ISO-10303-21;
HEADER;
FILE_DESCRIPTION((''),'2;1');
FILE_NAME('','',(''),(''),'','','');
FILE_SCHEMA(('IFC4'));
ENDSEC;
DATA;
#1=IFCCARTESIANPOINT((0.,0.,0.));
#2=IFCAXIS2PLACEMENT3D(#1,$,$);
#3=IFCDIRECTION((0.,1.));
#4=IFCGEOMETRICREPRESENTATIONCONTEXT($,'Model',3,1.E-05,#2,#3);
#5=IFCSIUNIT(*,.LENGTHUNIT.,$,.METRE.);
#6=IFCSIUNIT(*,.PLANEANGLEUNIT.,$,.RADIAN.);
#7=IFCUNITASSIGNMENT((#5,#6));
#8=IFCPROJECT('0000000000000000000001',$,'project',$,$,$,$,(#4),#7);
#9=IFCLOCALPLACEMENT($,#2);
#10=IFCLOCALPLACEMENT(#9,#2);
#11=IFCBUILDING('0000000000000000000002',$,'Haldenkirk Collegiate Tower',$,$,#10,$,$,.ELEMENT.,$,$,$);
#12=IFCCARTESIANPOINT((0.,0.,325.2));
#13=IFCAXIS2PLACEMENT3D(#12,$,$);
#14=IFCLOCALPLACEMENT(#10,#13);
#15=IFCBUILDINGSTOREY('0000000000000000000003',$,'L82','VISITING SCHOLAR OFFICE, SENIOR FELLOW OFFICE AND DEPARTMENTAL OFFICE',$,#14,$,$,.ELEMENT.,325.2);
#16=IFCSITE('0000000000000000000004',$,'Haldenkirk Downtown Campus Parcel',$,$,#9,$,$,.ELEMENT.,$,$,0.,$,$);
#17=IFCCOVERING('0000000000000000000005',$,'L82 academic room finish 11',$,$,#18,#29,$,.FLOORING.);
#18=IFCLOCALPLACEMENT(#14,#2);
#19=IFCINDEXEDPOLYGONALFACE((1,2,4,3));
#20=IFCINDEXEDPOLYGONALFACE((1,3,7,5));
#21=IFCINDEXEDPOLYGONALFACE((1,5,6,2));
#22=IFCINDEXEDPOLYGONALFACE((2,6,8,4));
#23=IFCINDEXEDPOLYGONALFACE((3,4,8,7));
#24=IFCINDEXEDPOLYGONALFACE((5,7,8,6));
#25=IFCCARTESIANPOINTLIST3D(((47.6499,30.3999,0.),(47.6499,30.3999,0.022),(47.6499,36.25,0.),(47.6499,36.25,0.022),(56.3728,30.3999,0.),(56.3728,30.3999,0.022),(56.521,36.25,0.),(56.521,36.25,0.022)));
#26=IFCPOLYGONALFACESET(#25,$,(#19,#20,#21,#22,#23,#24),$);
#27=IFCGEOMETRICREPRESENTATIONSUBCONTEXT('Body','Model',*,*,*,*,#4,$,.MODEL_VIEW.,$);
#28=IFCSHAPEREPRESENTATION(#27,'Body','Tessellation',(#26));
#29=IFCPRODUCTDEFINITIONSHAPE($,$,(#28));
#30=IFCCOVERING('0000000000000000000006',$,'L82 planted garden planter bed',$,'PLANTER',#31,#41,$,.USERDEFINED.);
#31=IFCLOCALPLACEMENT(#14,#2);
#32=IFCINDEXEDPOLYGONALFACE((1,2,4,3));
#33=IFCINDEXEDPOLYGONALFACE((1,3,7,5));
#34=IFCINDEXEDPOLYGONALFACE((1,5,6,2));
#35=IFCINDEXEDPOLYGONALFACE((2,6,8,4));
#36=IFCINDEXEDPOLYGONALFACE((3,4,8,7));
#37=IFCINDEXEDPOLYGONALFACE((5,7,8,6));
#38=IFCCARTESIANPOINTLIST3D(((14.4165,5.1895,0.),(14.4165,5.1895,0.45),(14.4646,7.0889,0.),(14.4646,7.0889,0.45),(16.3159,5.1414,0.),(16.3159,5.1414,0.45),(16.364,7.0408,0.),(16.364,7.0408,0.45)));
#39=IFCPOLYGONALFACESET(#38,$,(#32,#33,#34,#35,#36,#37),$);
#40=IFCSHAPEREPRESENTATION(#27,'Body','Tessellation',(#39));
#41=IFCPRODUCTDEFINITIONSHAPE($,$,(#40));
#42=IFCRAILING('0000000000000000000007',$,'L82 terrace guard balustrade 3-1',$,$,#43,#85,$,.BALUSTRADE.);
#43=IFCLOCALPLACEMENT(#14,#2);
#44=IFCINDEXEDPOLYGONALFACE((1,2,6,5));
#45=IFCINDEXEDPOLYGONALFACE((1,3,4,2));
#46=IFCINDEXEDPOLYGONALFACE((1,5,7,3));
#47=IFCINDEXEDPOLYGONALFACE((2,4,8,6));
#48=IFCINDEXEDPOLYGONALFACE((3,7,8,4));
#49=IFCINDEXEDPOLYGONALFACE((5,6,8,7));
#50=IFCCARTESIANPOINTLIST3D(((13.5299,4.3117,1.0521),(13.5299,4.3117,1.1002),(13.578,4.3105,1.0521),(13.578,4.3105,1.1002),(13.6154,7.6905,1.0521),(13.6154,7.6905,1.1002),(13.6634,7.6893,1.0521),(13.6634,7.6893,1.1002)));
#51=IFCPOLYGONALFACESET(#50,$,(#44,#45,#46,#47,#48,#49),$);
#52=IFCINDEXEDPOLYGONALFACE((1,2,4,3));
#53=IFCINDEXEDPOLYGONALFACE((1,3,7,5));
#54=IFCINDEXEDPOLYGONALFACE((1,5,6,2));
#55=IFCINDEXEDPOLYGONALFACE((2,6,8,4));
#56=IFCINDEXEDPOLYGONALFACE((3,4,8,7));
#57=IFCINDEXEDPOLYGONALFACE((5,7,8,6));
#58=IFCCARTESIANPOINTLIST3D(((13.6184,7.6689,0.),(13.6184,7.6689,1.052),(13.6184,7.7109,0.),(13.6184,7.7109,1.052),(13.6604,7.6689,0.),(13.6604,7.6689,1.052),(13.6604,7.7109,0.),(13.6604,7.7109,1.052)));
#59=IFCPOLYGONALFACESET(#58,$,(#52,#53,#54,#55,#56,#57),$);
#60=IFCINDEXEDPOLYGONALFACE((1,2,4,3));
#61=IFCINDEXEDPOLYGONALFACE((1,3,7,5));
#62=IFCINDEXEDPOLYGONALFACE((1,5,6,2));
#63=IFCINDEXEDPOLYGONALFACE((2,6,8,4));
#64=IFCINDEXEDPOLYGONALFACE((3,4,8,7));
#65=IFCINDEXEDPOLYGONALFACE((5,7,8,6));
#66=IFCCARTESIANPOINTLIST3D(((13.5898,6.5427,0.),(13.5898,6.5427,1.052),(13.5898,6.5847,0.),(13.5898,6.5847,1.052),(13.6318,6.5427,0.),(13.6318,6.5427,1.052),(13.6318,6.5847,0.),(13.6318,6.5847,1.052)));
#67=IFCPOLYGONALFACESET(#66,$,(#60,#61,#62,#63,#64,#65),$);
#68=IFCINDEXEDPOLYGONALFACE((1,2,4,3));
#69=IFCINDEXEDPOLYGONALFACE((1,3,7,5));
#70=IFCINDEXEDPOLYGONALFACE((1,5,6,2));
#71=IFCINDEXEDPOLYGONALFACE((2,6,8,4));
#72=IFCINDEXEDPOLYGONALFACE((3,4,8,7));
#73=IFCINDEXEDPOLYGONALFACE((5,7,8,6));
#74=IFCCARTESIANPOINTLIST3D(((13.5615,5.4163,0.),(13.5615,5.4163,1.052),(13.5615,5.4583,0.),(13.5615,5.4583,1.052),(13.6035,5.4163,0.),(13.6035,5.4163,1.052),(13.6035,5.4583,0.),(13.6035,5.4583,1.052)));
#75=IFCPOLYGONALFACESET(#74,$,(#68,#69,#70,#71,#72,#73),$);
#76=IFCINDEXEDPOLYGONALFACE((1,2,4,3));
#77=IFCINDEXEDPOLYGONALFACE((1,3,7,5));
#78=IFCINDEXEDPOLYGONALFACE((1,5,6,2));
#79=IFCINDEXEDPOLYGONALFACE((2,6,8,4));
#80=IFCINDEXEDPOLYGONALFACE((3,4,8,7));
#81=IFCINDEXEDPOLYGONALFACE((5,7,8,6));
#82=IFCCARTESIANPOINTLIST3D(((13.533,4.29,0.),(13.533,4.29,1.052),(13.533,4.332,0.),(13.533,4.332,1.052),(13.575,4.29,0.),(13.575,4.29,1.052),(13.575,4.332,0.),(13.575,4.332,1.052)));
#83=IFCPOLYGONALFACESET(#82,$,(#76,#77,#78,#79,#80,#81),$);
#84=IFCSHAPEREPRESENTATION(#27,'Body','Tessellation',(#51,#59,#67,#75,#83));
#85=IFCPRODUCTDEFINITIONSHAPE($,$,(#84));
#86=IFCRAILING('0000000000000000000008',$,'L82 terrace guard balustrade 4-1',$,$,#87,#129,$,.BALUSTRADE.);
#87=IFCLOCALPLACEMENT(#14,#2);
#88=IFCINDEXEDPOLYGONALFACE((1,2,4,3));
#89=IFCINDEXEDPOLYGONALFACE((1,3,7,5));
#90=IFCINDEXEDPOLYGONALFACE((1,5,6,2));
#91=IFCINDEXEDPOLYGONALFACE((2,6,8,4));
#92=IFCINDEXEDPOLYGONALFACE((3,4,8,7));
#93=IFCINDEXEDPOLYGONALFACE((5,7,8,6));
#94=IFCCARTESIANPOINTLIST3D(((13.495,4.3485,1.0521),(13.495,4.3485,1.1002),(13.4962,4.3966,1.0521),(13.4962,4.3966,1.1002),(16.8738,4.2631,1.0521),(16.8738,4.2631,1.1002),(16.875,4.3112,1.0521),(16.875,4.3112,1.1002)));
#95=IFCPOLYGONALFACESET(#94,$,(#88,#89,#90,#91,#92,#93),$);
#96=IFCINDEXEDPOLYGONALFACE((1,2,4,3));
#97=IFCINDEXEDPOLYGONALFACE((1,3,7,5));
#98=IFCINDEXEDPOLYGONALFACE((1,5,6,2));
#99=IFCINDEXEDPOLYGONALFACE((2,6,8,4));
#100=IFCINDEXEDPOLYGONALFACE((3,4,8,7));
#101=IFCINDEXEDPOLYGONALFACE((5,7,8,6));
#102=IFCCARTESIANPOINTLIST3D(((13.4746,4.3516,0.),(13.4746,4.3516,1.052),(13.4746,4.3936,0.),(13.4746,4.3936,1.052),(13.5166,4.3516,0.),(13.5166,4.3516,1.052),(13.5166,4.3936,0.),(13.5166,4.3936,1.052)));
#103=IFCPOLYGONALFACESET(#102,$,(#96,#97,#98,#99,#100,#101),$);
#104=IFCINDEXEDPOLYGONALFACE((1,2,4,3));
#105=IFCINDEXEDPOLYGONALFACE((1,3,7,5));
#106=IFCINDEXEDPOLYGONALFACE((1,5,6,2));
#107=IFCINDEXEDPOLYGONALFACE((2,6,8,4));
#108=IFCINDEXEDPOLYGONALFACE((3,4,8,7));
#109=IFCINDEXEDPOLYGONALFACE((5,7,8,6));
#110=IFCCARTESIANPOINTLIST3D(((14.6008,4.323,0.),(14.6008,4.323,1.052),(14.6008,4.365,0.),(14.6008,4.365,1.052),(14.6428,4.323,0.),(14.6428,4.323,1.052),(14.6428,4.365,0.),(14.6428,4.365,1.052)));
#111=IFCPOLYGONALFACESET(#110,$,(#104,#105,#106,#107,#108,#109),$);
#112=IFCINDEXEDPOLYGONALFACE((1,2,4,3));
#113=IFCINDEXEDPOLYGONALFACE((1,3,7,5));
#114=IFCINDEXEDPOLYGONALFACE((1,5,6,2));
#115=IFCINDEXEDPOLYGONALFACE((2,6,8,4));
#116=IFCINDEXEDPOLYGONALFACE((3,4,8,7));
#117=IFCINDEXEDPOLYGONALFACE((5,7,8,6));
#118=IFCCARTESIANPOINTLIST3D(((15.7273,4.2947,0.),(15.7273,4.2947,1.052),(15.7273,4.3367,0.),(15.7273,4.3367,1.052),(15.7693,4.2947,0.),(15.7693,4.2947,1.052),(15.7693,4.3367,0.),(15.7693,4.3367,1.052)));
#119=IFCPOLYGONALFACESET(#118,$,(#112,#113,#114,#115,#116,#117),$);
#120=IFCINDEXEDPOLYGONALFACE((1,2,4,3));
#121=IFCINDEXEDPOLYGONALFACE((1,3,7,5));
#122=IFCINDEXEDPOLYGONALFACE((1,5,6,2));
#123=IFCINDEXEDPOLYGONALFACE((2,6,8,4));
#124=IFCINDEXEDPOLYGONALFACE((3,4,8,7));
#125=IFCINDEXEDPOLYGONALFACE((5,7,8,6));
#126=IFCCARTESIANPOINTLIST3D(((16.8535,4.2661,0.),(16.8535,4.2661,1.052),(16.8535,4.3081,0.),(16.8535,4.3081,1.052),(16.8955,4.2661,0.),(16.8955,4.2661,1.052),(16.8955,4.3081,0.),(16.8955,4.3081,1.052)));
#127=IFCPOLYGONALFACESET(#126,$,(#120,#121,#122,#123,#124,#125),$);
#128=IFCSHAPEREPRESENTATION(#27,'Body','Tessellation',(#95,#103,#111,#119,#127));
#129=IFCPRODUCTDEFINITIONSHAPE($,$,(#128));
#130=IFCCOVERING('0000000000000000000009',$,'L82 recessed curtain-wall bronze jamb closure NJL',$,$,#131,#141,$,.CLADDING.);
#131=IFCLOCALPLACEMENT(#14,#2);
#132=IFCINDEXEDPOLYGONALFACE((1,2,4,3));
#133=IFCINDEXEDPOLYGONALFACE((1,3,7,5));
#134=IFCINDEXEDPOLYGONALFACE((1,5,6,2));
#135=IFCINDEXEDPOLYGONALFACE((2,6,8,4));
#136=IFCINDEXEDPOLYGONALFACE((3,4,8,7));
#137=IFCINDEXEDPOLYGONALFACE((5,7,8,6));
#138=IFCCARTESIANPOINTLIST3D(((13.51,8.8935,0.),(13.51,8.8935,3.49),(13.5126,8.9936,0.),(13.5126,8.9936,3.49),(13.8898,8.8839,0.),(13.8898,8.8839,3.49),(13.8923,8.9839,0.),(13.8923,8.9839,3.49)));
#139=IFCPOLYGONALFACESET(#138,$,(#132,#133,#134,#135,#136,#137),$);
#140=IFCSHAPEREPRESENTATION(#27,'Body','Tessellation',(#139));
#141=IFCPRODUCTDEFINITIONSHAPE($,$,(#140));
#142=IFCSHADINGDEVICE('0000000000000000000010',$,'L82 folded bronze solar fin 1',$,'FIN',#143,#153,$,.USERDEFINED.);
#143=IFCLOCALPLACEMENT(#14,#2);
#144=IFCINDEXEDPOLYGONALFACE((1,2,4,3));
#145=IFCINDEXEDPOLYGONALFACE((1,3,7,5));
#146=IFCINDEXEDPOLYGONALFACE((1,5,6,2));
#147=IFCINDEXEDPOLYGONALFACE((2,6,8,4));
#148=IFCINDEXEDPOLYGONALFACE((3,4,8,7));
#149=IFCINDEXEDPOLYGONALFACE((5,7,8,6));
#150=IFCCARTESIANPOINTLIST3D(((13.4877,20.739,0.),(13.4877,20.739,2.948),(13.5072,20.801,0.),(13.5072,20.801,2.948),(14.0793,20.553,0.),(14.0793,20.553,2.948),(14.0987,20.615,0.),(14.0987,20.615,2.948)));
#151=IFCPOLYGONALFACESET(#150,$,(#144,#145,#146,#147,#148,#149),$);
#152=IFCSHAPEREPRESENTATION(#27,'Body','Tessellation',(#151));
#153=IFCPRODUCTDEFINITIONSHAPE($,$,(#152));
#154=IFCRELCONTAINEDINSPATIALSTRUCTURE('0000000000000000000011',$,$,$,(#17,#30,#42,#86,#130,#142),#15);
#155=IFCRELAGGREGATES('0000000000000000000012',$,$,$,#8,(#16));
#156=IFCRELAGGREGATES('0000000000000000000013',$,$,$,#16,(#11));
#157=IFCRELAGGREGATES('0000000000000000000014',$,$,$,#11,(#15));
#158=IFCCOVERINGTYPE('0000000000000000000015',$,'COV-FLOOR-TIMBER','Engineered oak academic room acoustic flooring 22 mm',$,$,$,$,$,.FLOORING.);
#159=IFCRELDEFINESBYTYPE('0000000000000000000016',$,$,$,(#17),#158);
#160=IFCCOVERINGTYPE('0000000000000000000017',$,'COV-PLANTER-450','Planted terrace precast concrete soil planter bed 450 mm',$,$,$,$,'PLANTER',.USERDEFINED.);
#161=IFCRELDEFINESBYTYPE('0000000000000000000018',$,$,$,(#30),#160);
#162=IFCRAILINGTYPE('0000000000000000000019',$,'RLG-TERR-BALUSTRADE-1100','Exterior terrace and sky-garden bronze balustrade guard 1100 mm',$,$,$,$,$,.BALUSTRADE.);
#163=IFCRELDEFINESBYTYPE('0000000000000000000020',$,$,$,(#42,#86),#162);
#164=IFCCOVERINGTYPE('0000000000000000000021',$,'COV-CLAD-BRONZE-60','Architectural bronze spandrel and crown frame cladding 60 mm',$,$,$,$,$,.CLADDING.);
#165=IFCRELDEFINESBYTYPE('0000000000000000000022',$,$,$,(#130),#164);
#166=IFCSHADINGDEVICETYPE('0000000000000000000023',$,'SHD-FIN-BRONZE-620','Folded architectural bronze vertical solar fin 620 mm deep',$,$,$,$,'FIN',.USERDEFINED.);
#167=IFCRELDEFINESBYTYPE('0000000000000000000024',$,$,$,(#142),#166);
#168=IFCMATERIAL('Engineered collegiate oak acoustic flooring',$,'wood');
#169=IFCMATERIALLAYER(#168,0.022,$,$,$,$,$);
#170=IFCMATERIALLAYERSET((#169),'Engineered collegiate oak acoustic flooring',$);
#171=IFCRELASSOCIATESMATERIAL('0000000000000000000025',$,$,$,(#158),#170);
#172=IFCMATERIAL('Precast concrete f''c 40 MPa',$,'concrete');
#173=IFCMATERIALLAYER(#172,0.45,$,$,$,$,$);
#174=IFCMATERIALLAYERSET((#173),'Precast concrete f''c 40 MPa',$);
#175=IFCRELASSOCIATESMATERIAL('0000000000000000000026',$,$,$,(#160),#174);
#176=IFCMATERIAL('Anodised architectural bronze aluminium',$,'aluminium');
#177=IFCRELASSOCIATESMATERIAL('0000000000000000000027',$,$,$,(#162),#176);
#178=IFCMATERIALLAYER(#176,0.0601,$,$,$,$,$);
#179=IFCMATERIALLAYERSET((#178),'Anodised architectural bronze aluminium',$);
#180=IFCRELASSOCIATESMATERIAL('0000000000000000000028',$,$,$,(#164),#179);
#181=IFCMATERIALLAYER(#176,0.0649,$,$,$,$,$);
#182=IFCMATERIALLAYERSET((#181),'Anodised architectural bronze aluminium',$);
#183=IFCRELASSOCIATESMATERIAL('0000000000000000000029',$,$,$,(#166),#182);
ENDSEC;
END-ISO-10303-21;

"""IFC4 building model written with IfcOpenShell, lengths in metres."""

from ifc_helpers import new_model, si_unit, direction, frame, origin, origin_2d, place, context, subcontext, project, spatial, polyline, rectangle, outline, extrude, source, transform, mapped, material, layer, layer_set, type_object, element, save


model = new_model("IFC4")

# Units and contexts
model_context = context("Model", 3, precision=1e-05, world=origin(), true_north=direction((0.0, 1.0)))
body_context = subcontext(model_context, "Body", "Model", "MODEL_VIEW")
ifc_project = project(units=[si_unit("LENGTHUNIT", "METRE"), si_unit("PLANEANGLEUNIT", "RADIAN")], contexts=[model_context])

# Site, building, storey
site_placement = place(None, origin())
site = spatial("IfcSite", under=ifc_project, at=site_placement, Name="Haldenkirk Downtown Campus Parcel", CompositionType="ELEMENT", RefElevation=0.0)
building_placement = place(site_placement, origin())
building = spatial("IfcBuilding", under=site, at=building_placement, Name="Haldenkirk Collegiate Tower", CompositionType="ELEMENT")
storey_placement = place(building_placement, frame((0.0, 0.0, 325.2)))
storey = spatial("IfcBuildingStorey", under=building, at=storey_placement, Name="L82", Description="VISITING SCHOLAR OFFICE, SENIOR FELLOW OFFICE AND DEPARTMENTAL OFFICE", CompositionType="ELEMENT", Elevation=325.2)

# Shared definitions
ifc_material_1 = material(Name="Anodised architectural bronze aluminium", Category="aluminium")

# Shared definitions
ifc_material_2 = material(Name="Precast concrete f'c 40 MPa", Category="concrete")

# Coverings
ifc_material_3 = material(Name="Engineered collegiate oak acoustic flooring", Category="wood")
ifc_layer_1 = layer(ifc_material_3, 0.022)
ifc_layer_set_1 = layer_set([ifc_layer_1], Name="Engineered collegiate oak acoustic flooring")
covering_type_1 = type_object("IfcCoveringType", Name="COV-FLOOR-TIMBER", Description="Engineered oak academic room acoustic flooring 22 mm", PredefinedType="FLOORING", material=ifc_layer_set_1)
covering_1_placement = place(storey_placement, origin())
element("IfcCovering", 1, at=covering_1_placement, inside=storey, type_object=covering_type_1, Name="L82 academic room finish 11", PredefinedType="FLOORING", context=body_context, shape_type="SweptSolid", body=[
    extrude(outline(polyline([(56.3728, 30.3999), (47.6499, 30.3999), (47.6499, 36.25), (56.521, 36.25), (56.3728, 30.3999)])), origin(), (0.0, 0.0, 1.0), 0.022),
])
ifc_layer_2 = layer(ifc_material_2, 0.45)
ifc_layer_set_2 = layer_set([ifc_layer_2], Name="Precast concrete f'c 40 MPa")
covering_type_2 = type_object("IfcCoveringType", Name="COV-PLANTER-450", Description="Planted terrace precast concrete soil planter bed 450 mm", ElementType="PLANTER", PredefinedType="USERDEFINED", material=ifc_layer_set_2)
covering_2_placement = place(storey_placement, origin())
element("IfcCovering", 2, at=covering_2_placement, inside=storey, type_object=covering_type_2, Name="L82 planted garden planter bed", ObjectType="PLANTER", PredefinedType="USERDEFINED", context=body_context, shape_type="SweptSolid", body=[
    extrude(outline(polyline([(16.3159, 5.1414), (14.4165, 5.1895), (14.4646, 7.0889), (16.364, 7.0408), (16.3159, 5.1414)])), origin(), (0.0, 0.0, 1.0), 0.45),
])

# Railings
railing_type = type_object("IfcRailingType", Name="RLG-TERR-BALUSTRADE-1100", Description="Exterior terrace and sky-garden bronze balustrade guard 1100 mm", PredefinedType="BALUSTRADE", material=ifc_material_1)
railing_1_placement = place(storey_placement, frame((13.6394, 7.6899, 0.0)))
element("IfcRailing", 3, at=railing_1_placement, inside=storey, type_object=railing_type, Name="L82 terrace guard balustrade 3-1", PredefinedType="BALUSTRADE", context=body_context, shape_type="SweptSolid", body=[
    extrude(rectangle(XDim=0.0481, YDim=0.0481, at=origin_2d()), frame((0.0, 0.0, 1.0762), z_axis=(-0.025281, -0.99968, 0.0), x_axis=(0.99968, -0.025281, 0.0)), (0.0, 0.0, 1.0), 3.3799),
    extrude(rectangle(XDim=0.042, YDim=0.042, at=origin_2d()), origin(), (0.0, 0.0, 1.0), 1.052),
    extrude(rectangle(XDim=0.042, YDim=0.042, at=origin_2d()), frame((-0.0286, -1.1262, 0.0)), (0.0, 0.0, 1.0), 1.052),
    extrude(rectangle(XDim=0.042, YDim=0.042, at=origin_2d()), frame((-0.0569, -2.2527, 0.0)), (0.0, 0.0, 1.0), 1.052),
    extrude(rectangle(XDim=0.042, YDim=0.042, at=origin_2d()), frame((-0.0854, -3.3789, 0.0)), (0.0, 0.0, 1.0), 1.052),
])
railing_2_placement = place(storey_placement, frame((13.4956, 4.3726, 0.0)))
element("IfcRailing", 4, at=railing_2_placement, inside=storey, type_object=railing_type, Name="L82 terrace guard balustrade 4-1", PredefinedType="BALUSTRADE", context=body_context, shape_type="SweptSolid", body=[
    extrude(rectangle(XDim=0.0481, YDim=0.0481, at=origin_2d()), frame((0.0, 0.0, 1.0762), z_axis=(0.99968, -0.025281, 0.0), x_axis=(0.025281, 0.99968, 0.0)), (0.0, 0.0, 1.0), 3.3799),
    extrude(rectangle(XDim=0.042, YDim=0.042, at=origin_2d()), origin(), (0.0, 0.0, 1.0), 1.052),
    extrude(rectangle(XDim=0.042, YDim=0.042, at=origin_2d()), frame((1.1262, -0.0286, 0.0)), (0.0, 0.0, 1.0), 1.052),
    extrude(rectangle(XDim=0.042, YDim=0.042, at=origin_2d()), frame((2.2527, -0.0569, 0.0)), (0.0, 0.0, 1.0), 1.052),
    extrude(rectangle(XDim=0.042, YDim=0.042, at=origin_2d()), frame((3.3789, -0.0854, 0.0)), (0.0, 0.0, 1.0), 1.052),
])

# Covering
ifc_layer_3 = layer(ifc_material_1, 0.0601)
ifc_layer_set_3 = layer_set([ifc_layer_3], Name="Anodised architectural bronze aluminium")
covering_type_3 = type_object("IfcCoveringType", Name="COV-CLAD-BRONZE-60", Description="Architectural bronze spandrel and crown frame cladding 60 mm", PredefinedType="CLADDING", material=ifc_layer_set_3)
shared_shape_1 = source(origin(), body_context, "Body", "SweptSolid", [
    extrude(rectangle(XDim=0.1001, YDim=0.3799, at=origin_2d()), origin(), (0.0, 0.0, 1.0), 3.49),
])
covering_3_placement = place(storey_placement, frame((13.7012, 8.9387, 0.0), z_axis=(0.0, 0.0, 1.0), x_axis=(0.025305, 0.99968, 0.0)))
element("IfcCovering", 5, at=covering_3_placement, inside=storey, type_object=covering_type_3, Name="L82 recessed curtain-wall bronze jamb closure NJL", PredefinedType="CLADDING", context=body_context, shape_type="MappedRepresentation", body=[
    mapped(shared_shape_1, transform((0.0, 0.0, 0.0), x_axis=(1.0, 0.0, 0.0), y_axis=(0.0, 1.0, 0.0), z_axis=(0.0, 0.0, 1.0), scale=1.0)),
])

# Shading device
ifc_layer_4 = layer(ifc_material_1, 0.0649)
ifc_layer_set_4 = layer_set([ifc_layer_4], Name="Anodised architectural bronze aluminium")
shading_device_type = type_object("IfcShadingDeviceType", Name="SHD-FIN-BRONZE-620", Description="Folded architectural bronze vertical solar fin 620 mm deep", ElementType="FIN", PredefinedType="USERDEFINED", material=ifc_layer_set_4)
shared_shape_2 = source(origin(), body_context, "Body", "SweptSolid", [
    extrude(rectangle(XDim=0.6201, YDim=0.0649, at=origin_2d()), origin(), (0.0, 0.0, 1.0), 2.948),
])
shading_device_placement = place(storey_placement, frame((13.7932, 20.677, 0.0), z_axis=(0.0, 0.0, 1.0), x_axis=(-0.953979, 0.299873, 0.0)))
element("IfcShadingDevice", 6, at=shading_device_placement, inside=storey, type_object=shading_device_type, Name="L82 folded bronze solar fin 1", ObjectType="FIN", PredefinedType="USERDEFINED", context=body_context, shape_type="MappedRepresentation", body=[
    mapped(shared_shape_2, transform((0.0, 0.0, 0.0), x_axis=(1.0, 0.0, 0.0), y_axis=(0.0, 1.0, 0.0), z_axis=(0.0, 0.0, 1.0), scale=1.0)),
])

save(model, "model.ifc")
